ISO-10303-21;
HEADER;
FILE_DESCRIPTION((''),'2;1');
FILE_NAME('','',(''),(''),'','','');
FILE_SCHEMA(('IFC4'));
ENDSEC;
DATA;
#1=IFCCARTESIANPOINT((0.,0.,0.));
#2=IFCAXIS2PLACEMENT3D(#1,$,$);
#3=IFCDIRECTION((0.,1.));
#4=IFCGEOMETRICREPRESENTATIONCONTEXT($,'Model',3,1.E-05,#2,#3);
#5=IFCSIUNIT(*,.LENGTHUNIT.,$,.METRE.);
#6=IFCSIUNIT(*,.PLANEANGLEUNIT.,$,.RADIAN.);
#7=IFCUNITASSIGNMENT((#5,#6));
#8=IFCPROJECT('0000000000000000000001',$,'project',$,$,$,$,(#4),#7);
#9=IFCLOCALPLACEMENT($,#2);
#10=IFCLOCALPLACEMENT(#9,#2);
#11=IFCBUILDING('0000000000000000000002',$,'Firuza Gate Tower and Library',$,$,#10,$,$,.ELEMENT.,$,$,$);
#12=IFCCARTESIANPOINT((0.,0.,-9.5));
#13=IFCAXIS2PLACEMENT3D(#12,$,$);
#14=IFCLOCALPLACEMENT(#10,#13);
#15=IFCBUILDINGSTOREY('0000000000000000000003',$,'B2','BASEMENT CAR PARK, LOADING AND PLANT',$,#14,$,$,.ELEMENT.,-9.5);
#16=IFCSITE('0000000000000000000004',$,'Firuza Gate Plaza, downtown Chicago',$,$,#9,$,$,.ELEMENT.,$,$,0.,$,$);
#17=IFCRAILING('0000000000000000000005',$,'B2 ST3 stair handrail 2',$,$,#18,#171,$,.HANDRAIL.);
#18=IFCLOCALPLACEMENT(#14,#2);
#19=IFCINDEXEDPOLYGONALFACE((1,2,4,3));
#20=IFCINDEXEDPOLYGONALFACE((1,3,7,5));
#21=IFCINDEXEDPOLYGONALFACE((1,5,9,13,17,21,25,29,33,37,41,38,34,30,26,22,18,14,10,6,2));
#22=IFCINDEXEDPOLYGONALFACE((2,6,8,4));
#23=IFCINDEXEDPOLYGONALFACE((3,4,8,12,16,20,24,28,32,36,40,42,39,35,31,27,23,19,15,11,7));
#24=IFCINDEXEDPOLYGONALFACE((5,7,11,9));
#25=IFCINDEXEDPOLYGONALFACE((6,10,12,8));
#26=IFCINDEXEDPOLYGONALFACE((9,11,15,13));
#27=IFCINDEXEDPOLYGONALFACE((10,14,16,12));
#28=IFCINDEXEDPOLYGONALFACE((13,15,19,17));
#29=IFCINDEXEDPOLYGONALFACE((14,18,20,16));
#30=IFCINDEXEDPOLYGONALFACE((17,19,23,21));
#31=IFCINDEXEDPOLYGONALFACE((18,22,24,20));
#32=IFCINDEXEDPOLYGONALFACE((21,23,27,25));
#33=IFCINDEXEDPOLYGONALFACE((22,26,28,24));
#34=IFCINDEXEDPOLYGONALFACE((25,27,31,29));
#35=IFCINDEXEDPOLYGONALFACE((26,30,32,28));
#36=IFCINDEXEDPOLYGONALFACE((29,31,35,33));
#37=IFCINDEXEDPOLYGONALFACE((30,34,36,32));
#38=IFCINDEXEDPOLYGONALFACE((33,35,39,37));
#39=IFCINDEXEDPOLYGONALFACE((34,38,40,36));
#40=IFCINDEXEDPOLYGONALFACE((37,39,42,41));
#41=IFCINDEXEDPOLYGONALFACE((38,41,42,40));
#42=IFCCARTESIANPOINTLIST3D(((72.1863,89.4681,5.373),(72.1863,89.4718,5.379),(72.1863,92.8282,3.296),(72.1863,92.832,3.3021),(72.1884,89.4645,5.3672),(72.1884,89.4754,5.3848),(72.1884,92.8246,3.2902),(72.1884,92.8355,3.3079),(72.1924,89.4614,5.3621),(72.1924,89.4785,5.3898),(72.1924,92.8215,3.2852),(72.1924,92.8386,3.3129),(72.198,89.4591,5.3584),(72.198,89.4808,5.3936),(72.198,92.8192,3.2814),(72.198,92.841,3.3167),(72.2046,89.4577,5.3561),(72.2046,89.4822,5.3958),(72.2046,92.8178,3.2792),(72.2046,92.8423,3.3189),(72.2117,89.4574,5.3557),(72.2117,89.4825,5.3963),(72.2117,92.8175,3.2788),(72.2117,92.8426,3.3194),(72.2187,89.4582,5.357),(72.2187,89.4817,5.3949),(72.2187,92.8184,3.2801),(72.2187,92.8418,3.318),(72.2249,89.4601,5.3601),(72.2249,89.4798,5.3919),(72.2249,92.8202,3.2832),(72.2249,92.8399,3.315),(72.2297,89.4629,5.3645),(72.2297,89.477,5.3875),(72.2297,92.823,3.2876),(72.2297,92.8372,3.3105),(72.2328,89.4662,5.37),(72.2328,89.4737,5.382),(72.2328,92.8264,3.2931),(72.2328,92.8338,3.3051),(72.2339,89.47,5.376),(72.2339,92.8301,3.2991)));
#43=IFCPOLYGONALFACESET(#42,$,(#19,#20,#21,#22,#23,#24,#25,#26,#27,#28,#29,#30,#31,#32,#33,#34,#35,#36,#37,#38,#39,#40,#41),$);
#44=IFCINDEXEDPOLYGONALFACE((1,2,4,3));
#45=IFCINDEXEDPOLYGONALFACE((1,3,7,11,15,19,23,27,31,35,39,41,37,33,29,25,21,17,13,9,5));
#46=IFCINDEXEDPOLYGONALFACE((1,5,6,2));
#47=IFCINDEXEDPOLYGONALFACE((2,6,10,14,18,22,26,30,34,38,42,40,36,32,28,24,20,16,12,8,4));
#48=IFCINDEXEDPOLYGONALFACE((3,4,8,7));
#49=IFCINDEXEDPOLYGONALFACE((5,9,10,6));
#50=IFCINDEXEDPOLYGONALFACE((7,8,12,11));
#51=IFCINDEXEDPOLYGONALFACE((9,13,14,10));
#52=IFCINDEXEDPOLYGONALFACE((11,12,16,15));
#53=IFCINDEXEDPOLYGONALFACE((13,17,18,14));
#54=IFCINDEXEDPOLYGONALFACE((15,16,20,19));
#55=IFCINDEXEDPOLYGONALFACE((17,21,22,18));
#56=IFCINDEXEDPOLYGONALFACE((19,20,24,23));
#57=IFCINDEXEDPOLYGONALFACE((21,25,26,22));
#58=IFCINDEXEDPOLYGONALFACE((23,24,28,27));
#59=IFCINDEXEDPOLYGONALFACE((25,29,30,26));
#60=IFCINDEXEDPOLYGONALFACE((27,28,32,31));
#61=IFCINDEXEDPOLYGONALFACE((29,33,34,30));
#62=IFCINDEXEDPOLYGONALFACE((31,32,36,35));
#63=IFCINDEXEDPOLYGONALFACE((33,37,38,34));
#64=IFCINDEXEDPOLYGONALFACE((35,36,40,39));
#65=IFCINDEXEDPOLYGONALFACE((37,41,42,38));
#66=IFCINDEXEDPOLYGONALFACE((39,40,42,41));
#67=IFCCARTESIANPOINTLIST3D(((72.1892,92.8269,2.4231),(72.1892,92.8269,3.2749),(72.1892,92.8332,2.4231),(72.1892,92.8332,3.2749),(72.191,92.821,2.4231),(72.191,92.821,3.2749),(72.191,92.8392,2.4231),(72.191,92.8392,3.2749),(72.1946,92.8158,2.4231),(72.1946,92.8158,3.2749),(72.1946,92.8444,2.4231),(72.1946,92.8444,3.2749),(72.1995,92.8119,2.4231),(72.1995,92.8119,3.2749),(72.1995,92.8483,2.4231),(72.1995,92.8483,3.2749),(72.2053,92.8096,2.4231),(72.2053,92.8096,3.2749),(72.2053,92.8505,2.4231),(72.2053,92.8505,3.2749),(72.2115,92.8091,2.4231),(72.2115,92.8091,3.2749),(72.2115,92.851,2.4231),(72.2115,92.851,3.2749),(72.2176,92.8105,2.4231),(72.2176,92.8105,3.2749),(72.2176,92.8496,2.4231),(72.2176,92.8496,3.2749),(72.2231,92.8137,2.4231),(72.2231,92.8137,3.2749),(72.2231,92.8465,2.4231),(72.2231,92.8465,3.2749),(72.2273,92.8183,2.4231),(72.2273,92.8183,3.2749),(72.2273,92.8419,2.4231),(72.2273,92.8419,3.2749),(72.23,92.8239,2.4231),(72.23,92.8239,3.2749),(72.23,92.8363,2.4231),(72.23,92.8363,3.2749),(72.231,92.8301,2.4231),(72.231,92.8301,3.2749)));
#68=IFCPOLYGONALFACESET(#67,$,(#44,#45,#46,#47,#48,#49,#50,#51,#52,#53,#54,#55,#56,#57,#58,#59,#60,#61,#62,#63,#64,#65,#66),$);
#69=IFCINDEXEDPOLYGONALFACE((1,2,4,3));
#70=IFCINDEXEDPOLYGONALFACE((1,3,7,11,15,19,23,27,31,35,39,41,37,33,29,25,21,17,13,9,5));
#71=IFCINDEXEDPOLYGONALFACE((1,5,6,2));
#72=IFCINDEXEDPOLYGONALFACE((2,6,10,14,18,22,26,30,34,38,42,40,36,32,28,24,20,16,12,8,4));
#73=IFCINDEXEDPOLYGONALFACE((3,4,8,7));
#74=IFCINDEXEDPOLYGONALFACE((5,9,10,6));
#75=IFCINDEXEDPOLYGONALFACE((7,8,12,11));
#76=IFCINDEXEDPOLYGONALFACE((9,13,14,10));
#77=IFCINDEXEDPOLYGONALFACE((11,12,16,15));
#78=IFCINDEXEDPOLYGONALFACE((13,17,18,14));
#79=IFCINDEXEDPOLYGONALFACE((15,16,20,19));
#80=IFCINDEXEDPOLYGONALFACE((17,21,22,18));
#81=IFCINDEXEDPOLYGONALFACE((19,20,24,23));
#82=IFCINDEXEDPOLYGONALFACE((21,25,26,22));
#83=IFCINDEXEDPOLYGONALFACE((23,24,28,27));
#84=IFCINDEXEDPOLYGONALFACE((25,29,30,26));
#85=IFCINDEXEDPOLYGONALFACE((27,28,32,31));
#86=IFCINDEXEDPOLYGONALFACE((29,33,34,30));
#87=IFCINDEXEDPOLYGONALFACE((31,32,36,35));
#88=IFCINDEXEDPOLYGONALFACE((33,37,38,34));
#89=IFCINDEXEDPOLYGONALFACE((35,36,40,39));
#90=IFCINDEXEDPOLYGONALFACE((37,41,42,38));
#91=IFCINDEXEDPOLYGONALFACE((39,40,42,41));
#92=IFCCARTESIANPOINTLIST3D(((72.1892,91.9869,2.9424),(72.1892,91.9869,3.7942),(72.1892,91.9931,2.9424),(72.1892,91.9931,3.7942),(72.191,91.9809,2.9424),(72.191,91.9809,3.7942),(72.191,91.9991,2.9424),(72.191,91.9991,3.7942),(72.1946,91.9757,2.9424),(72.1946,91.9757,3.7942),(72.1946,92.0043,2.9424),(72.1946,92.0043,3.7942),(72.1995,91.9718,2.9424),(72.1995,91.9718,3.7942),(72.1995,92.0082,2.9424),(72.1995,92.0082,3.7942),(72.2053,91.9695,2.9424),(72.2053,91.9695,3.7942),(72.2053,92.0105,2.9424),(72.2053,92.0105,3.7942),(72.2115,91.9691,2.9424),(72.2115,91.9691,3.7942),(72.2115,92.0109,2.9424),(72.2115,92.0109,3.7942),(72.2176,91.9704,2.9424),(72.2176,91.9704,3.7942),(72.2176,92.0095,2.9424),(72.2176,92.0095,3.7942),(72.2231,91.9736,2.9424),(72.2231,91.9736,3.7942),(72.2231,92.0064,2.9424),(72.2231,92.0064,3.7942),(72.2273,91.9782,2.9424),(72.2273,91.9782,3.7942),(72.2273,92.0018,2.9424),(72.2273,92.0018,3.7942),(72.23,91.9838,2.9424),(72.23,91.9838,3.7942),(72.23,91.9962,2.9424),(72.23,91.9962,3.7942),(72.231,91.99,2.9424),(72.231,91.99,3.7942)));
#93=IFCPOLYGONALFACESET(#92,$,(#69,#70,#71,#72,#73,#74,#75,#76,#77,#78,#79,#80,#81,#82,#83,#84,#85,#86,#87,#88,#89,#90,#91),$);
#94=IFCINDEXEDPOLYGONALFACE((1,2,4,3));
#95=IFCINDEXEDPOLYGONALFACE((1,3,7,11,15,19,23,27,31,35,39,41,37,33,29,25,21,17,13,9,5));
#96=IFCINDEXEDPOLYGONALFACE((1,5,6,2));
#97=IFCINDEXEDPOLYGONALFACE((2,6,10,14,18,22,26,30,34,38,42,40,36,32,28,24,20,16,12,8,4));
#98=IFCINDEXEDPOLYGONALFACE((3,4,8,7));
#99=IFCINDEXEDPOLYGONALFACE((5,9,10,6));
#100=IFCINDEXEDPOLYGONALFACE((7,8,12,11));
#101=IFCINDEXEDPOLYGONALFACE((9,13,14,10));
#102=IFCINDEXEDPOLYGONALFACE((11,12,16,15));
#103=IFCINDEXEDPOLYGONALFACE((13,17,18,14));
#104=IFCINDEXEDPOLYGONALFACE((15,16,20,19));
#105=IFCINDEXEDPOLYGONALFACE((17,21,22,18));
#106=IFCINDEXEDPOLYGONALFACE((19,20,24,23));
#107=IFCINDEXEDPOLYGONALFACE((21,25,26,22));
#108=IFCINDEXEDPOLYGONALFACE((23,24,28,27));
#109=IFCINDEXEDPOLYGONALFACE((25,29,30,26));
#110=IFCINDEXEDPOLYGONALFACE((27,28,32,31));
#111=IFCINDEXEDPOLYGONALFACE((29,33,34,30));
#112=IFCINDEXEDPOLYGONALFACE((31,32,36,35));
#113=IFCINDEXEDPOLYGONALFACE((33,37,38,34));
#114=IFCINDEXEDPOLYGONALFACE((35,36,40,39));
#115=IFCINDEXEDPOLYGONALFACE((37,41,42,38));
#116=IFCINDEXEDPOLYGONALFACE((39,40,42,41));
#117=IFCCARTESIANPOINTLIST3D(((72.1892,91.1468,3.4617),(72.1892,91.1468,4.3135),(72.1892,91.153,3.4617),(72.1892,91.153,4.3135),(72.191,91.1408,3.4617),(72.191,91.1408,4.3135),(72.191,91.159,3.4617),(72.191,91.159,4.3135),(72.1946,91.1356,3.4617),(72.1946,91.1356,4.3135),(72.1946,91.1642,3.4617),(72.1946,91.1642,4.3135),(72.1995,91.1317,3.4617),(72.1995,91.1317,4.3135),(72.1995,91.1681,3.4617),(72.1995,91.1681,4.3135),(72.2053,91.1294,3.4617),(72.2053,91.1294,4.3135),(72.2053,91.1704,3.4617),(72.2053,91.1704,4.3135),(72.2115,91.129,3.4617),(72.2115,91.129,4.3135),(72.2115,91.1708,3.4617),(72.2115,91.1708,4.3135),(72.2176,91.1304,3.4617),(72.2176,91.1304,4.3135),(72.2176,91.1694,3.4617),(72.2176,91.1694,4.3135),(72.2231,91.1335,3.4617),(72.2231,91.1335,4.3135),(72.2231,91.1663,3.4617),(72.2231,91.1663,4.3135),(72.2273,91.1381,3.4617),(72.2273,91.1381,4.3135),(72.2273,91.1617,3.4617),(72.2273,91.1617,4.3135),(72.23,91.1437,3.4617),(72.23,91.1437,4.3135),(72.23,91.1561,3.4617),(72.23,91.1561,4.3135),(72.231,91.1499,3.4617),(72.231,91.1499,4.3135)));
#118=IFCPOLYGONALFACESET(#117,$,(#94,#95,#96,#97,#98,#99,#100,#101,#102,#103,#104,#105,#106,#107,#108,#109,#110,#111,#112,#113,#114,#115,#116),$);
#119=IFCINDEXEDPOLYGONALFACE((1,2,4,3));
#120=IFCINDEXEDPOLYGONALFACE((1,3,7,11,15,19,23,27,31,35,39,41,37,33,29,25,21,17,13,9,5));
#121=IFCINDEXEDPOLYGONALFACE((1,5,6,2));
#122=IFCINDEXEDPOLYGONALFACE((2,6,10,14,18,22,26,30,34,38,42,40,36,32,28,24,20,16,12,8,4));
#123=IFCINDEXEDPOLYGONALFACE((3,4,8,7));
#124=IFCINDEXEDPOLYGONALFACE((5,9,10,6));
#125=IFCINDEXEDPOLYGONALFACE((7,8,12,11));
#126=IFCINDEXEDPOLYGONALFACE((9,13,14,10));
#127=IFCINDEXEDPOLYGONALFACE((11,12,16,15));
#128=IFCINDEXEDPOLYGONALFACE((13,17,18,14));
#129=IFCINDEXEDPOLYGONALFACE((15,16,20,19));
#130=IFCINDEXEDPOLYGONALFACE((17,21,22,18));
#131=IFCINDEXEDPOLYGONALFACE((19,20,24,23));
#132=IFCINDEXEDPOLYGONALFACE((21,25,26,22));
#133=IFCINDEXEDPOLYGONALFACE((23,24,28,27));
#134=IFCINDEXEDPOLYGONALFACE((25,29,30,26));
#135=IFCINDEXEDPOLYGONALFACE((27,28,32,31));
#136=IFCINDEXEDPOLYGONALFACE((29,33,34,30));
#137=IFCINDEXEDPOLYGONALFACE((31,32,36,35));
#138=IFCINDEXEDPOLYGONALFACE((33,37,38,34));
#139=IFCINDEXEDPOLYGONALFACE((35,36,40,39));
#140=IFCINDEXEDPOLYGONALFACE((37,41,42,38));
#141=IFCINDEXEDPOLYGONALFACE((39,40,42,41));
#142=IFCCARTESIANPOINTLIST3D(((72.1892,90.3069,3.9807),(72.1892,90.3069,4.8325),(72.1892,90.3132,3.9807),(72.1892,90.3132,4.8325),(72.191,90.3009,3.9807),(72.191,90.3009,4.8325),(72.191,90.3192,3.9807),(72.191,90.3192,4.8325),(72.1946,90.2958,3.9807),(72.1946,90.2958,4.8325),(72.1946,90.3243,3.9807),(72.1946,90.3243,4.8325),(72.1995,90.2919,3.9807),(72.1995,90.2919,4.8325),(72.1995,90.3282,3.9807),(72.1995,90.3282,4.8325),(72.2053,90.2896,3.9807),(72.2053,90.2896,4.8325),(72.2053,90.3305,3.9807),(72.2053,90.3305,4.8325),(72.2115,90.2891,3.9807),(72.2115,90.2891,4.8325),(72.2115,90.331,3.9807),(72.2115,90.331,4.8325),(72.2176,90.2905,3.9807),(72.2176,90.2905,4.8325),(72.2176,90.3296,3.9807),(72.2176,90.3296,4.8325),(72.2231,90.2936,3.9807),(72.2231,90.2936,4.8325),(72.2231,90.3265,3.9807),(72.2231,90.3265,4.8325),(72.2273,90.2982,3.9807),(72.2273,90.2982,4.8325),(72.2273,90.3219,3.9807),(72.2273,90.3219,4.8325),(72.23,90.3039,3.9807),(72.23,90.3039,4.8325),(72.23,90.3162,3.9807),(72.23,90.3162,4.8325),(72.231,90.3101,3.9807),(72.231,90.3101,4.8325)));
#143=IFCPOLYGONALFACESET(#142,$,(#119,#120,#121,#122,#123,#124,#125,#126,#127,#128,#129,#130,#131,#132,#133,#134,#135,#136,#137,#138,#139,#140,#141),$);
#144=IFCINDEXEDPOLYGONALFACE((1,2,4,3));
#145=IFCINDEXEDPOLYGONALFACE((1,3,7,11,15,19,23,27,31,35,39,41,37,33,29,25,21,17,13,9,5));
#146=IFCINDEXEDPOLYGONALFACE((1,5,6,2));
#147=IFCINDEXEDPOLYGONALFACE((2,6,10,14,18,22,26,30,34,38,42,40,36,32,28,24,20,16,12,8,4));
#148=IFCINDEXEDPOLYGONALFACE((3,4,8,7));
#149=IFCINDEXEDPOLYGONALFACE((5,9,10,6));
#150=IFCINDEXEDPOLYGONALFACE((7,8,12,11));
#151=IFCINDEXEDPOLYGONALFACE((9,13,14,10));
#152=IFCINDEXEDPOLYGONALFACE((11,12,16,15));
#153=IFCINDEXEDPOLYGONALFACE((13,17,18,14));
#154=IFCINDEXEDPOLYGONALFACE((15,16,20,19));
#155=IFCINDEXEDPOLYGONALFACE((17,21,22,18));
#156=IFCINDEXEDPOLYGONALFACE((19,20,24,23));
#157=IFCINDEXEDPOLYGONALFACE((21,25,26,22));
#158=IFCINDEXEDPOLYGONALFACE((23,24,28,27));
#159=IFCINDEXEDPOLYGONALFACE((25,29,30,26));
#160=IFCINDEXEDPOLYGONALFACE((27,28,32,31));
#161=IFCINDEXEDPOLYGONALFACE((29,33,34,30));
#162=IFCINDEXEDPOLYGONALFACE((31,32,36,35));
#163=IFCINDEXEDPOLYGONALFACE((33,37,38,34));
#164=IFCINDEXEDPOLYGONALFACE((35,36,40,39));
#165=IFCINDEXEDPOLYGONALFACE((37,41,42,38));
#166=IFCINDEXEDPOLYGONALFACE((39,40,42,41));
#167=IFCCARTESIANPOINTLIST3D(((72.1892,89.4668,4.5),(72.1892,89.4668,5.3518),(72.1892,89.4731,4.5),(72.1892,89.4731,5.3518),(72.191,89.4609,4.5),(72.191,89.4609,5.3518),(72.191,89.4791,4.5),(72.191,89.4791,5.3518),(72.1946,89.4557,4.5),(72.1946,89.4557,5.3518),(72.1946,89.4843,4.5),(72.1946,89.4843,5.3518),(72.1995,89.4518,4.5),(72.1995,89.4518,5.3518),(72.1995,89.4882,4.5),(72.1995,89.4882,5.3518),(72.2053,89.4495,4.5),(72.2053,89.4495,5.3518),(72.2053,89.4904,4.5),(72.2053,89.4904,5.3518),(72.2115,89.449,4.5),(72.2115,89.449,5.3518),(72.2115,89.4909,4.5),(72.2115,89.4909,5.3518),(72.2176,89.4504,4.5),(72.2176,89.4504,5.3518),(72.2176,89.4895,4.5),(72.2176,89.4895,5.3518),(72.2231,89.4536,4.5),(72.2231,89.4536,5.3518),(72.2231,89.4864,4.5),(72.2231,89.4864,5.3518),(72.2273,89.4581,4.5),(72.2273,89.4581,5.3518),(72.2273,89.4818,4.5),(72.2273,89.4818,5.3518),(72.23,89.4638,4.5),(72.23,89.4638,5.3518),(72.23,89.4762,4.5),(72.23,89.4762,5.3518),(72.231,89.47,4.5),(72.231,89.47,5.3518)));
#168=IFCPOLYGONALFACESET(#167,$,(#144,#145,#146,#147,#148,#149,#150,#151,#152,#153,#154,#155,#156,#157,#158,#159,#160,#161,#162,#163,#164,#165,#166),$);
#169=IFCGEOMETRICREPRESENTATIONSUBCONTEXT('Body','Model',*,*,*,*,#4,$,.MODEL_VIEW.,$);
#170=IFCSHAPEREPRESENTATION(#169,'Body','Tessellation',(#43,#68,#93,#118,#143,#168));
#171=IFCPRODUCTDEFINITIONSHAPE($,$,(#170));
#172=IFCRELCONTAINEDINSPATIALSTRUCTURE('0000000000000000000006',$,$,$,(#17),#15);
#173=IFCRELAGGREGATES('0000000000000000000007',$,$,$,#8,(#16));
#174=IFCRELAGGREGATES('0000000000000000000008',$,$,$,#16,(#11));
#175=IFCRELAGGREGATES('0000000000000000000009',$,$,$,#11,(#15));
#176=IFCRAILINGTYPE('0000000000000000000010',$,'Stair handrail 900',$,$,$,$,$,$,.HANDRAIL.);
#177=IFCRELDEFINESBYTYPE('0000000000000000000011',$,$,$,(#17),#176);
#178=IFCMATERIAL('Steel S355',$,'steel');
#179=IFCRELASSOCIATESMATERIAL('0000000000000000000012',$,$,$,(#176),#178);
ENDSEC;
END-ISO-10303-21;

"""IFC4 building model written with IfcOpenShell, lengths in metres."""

from ifc_helpers import new_model, si_unit, direction, frame, origin, origin_2d, place, context, subcontext, project, spatial, circle, extrude, material, type_object, element, save


model = new_model("IFC4")

# Units and contexts
model_context = context("Model", 3, precision=1e-05, world=origin(), true_north=direction((0.0, 1.0)))
body_context = subcontext(model_context, "Body", "Model", "MODEL_VIEW")
ifc_project = project(units=[si_unit("LENGTHUNIT", "METRE"), si_unit("PLANEANGLEUNIT", "RADIAN")], contexts=[model_context])

# Site, building, storey
site_placement = place(None, origin())
site = spatial("IfcSite", under=ifc_project, at=site_placement, Name="Firuza Gate Plaza, downtown Chicago", CompositionType="ELEMENT", RefElevation=0.0)
building_placement = place(site_placement, origin())
building = spatial("IfcBuilding", under=site, at=building_placement, Name="Firuza Gate Tower and Library", CompositionType="ELEMENT")
storey_placement = place(building_placement, frame((0.0, 0.0, -9.5)))
storey = spatial("IfcBuildingStorey", under=building, at=storey_placement, Name="B2", Description="BASEMENT CAR PARK, LOADING AND PLANT", CompositionType="ELEMENT", Elevation=-9.5)

# Railing
ifc_material_1 = material(Name="Steel S355", Category="steel")
railing_type = type_object("IfcRailingType", Name="Stair handrail 900", PredefinedType="HANDRAIL", material=ifc_material_1)
railing_placement = place(storey_placement, frame((72.21, 92.8301, 2.4231)))
element("IfcRailing", 1, at=railing_placement, inside=storey, type_object=railing_type, Name="B2 ST3 stair handrail 2", PredefinedType="HANDRAIL", context=body_context, shape_type="SweptSolid", body=[
    extrude(circle(Radius=0.0239, at=origin_2d()), frame((0.0, 0.0, 0.876), z_axis=(0.0, -0.850623, 0.525776), x_axis=(1.0, 0.0, 0.0)), (0.0, 0.0, 1.0), 3.9502),
    extrude(circle(Radius=0.021, at=origin_2d()), origin(), (0.0, 0.0, 1.0), 0.8518),
    extrude(circle(Radius=0.021, at=origin_2d()), frame((0.0, -0.8401, 0.5193)), (0.0, 0.0, 1.0), 0.8518),
    extrude(circle(Radius=0.021, at=origin_2d()), frame((0.0, -1.6802, 1.0386)), (0.0, 0.0, 1.0), 0.8518),
    extrude(circle(Radius=0.021, at=origin_2d()), frame((0.0, -2.52, 1.5576)), (0.0, 0.0, 1.0), 0.8518),
    extrude(circle(Radius=0.021, at=origin_2d()), frame((0.0, -3.3601, 2.0769)), (0.0, 0.0, 1.0), 0.8518),
])

save(model, "model.ifc")
